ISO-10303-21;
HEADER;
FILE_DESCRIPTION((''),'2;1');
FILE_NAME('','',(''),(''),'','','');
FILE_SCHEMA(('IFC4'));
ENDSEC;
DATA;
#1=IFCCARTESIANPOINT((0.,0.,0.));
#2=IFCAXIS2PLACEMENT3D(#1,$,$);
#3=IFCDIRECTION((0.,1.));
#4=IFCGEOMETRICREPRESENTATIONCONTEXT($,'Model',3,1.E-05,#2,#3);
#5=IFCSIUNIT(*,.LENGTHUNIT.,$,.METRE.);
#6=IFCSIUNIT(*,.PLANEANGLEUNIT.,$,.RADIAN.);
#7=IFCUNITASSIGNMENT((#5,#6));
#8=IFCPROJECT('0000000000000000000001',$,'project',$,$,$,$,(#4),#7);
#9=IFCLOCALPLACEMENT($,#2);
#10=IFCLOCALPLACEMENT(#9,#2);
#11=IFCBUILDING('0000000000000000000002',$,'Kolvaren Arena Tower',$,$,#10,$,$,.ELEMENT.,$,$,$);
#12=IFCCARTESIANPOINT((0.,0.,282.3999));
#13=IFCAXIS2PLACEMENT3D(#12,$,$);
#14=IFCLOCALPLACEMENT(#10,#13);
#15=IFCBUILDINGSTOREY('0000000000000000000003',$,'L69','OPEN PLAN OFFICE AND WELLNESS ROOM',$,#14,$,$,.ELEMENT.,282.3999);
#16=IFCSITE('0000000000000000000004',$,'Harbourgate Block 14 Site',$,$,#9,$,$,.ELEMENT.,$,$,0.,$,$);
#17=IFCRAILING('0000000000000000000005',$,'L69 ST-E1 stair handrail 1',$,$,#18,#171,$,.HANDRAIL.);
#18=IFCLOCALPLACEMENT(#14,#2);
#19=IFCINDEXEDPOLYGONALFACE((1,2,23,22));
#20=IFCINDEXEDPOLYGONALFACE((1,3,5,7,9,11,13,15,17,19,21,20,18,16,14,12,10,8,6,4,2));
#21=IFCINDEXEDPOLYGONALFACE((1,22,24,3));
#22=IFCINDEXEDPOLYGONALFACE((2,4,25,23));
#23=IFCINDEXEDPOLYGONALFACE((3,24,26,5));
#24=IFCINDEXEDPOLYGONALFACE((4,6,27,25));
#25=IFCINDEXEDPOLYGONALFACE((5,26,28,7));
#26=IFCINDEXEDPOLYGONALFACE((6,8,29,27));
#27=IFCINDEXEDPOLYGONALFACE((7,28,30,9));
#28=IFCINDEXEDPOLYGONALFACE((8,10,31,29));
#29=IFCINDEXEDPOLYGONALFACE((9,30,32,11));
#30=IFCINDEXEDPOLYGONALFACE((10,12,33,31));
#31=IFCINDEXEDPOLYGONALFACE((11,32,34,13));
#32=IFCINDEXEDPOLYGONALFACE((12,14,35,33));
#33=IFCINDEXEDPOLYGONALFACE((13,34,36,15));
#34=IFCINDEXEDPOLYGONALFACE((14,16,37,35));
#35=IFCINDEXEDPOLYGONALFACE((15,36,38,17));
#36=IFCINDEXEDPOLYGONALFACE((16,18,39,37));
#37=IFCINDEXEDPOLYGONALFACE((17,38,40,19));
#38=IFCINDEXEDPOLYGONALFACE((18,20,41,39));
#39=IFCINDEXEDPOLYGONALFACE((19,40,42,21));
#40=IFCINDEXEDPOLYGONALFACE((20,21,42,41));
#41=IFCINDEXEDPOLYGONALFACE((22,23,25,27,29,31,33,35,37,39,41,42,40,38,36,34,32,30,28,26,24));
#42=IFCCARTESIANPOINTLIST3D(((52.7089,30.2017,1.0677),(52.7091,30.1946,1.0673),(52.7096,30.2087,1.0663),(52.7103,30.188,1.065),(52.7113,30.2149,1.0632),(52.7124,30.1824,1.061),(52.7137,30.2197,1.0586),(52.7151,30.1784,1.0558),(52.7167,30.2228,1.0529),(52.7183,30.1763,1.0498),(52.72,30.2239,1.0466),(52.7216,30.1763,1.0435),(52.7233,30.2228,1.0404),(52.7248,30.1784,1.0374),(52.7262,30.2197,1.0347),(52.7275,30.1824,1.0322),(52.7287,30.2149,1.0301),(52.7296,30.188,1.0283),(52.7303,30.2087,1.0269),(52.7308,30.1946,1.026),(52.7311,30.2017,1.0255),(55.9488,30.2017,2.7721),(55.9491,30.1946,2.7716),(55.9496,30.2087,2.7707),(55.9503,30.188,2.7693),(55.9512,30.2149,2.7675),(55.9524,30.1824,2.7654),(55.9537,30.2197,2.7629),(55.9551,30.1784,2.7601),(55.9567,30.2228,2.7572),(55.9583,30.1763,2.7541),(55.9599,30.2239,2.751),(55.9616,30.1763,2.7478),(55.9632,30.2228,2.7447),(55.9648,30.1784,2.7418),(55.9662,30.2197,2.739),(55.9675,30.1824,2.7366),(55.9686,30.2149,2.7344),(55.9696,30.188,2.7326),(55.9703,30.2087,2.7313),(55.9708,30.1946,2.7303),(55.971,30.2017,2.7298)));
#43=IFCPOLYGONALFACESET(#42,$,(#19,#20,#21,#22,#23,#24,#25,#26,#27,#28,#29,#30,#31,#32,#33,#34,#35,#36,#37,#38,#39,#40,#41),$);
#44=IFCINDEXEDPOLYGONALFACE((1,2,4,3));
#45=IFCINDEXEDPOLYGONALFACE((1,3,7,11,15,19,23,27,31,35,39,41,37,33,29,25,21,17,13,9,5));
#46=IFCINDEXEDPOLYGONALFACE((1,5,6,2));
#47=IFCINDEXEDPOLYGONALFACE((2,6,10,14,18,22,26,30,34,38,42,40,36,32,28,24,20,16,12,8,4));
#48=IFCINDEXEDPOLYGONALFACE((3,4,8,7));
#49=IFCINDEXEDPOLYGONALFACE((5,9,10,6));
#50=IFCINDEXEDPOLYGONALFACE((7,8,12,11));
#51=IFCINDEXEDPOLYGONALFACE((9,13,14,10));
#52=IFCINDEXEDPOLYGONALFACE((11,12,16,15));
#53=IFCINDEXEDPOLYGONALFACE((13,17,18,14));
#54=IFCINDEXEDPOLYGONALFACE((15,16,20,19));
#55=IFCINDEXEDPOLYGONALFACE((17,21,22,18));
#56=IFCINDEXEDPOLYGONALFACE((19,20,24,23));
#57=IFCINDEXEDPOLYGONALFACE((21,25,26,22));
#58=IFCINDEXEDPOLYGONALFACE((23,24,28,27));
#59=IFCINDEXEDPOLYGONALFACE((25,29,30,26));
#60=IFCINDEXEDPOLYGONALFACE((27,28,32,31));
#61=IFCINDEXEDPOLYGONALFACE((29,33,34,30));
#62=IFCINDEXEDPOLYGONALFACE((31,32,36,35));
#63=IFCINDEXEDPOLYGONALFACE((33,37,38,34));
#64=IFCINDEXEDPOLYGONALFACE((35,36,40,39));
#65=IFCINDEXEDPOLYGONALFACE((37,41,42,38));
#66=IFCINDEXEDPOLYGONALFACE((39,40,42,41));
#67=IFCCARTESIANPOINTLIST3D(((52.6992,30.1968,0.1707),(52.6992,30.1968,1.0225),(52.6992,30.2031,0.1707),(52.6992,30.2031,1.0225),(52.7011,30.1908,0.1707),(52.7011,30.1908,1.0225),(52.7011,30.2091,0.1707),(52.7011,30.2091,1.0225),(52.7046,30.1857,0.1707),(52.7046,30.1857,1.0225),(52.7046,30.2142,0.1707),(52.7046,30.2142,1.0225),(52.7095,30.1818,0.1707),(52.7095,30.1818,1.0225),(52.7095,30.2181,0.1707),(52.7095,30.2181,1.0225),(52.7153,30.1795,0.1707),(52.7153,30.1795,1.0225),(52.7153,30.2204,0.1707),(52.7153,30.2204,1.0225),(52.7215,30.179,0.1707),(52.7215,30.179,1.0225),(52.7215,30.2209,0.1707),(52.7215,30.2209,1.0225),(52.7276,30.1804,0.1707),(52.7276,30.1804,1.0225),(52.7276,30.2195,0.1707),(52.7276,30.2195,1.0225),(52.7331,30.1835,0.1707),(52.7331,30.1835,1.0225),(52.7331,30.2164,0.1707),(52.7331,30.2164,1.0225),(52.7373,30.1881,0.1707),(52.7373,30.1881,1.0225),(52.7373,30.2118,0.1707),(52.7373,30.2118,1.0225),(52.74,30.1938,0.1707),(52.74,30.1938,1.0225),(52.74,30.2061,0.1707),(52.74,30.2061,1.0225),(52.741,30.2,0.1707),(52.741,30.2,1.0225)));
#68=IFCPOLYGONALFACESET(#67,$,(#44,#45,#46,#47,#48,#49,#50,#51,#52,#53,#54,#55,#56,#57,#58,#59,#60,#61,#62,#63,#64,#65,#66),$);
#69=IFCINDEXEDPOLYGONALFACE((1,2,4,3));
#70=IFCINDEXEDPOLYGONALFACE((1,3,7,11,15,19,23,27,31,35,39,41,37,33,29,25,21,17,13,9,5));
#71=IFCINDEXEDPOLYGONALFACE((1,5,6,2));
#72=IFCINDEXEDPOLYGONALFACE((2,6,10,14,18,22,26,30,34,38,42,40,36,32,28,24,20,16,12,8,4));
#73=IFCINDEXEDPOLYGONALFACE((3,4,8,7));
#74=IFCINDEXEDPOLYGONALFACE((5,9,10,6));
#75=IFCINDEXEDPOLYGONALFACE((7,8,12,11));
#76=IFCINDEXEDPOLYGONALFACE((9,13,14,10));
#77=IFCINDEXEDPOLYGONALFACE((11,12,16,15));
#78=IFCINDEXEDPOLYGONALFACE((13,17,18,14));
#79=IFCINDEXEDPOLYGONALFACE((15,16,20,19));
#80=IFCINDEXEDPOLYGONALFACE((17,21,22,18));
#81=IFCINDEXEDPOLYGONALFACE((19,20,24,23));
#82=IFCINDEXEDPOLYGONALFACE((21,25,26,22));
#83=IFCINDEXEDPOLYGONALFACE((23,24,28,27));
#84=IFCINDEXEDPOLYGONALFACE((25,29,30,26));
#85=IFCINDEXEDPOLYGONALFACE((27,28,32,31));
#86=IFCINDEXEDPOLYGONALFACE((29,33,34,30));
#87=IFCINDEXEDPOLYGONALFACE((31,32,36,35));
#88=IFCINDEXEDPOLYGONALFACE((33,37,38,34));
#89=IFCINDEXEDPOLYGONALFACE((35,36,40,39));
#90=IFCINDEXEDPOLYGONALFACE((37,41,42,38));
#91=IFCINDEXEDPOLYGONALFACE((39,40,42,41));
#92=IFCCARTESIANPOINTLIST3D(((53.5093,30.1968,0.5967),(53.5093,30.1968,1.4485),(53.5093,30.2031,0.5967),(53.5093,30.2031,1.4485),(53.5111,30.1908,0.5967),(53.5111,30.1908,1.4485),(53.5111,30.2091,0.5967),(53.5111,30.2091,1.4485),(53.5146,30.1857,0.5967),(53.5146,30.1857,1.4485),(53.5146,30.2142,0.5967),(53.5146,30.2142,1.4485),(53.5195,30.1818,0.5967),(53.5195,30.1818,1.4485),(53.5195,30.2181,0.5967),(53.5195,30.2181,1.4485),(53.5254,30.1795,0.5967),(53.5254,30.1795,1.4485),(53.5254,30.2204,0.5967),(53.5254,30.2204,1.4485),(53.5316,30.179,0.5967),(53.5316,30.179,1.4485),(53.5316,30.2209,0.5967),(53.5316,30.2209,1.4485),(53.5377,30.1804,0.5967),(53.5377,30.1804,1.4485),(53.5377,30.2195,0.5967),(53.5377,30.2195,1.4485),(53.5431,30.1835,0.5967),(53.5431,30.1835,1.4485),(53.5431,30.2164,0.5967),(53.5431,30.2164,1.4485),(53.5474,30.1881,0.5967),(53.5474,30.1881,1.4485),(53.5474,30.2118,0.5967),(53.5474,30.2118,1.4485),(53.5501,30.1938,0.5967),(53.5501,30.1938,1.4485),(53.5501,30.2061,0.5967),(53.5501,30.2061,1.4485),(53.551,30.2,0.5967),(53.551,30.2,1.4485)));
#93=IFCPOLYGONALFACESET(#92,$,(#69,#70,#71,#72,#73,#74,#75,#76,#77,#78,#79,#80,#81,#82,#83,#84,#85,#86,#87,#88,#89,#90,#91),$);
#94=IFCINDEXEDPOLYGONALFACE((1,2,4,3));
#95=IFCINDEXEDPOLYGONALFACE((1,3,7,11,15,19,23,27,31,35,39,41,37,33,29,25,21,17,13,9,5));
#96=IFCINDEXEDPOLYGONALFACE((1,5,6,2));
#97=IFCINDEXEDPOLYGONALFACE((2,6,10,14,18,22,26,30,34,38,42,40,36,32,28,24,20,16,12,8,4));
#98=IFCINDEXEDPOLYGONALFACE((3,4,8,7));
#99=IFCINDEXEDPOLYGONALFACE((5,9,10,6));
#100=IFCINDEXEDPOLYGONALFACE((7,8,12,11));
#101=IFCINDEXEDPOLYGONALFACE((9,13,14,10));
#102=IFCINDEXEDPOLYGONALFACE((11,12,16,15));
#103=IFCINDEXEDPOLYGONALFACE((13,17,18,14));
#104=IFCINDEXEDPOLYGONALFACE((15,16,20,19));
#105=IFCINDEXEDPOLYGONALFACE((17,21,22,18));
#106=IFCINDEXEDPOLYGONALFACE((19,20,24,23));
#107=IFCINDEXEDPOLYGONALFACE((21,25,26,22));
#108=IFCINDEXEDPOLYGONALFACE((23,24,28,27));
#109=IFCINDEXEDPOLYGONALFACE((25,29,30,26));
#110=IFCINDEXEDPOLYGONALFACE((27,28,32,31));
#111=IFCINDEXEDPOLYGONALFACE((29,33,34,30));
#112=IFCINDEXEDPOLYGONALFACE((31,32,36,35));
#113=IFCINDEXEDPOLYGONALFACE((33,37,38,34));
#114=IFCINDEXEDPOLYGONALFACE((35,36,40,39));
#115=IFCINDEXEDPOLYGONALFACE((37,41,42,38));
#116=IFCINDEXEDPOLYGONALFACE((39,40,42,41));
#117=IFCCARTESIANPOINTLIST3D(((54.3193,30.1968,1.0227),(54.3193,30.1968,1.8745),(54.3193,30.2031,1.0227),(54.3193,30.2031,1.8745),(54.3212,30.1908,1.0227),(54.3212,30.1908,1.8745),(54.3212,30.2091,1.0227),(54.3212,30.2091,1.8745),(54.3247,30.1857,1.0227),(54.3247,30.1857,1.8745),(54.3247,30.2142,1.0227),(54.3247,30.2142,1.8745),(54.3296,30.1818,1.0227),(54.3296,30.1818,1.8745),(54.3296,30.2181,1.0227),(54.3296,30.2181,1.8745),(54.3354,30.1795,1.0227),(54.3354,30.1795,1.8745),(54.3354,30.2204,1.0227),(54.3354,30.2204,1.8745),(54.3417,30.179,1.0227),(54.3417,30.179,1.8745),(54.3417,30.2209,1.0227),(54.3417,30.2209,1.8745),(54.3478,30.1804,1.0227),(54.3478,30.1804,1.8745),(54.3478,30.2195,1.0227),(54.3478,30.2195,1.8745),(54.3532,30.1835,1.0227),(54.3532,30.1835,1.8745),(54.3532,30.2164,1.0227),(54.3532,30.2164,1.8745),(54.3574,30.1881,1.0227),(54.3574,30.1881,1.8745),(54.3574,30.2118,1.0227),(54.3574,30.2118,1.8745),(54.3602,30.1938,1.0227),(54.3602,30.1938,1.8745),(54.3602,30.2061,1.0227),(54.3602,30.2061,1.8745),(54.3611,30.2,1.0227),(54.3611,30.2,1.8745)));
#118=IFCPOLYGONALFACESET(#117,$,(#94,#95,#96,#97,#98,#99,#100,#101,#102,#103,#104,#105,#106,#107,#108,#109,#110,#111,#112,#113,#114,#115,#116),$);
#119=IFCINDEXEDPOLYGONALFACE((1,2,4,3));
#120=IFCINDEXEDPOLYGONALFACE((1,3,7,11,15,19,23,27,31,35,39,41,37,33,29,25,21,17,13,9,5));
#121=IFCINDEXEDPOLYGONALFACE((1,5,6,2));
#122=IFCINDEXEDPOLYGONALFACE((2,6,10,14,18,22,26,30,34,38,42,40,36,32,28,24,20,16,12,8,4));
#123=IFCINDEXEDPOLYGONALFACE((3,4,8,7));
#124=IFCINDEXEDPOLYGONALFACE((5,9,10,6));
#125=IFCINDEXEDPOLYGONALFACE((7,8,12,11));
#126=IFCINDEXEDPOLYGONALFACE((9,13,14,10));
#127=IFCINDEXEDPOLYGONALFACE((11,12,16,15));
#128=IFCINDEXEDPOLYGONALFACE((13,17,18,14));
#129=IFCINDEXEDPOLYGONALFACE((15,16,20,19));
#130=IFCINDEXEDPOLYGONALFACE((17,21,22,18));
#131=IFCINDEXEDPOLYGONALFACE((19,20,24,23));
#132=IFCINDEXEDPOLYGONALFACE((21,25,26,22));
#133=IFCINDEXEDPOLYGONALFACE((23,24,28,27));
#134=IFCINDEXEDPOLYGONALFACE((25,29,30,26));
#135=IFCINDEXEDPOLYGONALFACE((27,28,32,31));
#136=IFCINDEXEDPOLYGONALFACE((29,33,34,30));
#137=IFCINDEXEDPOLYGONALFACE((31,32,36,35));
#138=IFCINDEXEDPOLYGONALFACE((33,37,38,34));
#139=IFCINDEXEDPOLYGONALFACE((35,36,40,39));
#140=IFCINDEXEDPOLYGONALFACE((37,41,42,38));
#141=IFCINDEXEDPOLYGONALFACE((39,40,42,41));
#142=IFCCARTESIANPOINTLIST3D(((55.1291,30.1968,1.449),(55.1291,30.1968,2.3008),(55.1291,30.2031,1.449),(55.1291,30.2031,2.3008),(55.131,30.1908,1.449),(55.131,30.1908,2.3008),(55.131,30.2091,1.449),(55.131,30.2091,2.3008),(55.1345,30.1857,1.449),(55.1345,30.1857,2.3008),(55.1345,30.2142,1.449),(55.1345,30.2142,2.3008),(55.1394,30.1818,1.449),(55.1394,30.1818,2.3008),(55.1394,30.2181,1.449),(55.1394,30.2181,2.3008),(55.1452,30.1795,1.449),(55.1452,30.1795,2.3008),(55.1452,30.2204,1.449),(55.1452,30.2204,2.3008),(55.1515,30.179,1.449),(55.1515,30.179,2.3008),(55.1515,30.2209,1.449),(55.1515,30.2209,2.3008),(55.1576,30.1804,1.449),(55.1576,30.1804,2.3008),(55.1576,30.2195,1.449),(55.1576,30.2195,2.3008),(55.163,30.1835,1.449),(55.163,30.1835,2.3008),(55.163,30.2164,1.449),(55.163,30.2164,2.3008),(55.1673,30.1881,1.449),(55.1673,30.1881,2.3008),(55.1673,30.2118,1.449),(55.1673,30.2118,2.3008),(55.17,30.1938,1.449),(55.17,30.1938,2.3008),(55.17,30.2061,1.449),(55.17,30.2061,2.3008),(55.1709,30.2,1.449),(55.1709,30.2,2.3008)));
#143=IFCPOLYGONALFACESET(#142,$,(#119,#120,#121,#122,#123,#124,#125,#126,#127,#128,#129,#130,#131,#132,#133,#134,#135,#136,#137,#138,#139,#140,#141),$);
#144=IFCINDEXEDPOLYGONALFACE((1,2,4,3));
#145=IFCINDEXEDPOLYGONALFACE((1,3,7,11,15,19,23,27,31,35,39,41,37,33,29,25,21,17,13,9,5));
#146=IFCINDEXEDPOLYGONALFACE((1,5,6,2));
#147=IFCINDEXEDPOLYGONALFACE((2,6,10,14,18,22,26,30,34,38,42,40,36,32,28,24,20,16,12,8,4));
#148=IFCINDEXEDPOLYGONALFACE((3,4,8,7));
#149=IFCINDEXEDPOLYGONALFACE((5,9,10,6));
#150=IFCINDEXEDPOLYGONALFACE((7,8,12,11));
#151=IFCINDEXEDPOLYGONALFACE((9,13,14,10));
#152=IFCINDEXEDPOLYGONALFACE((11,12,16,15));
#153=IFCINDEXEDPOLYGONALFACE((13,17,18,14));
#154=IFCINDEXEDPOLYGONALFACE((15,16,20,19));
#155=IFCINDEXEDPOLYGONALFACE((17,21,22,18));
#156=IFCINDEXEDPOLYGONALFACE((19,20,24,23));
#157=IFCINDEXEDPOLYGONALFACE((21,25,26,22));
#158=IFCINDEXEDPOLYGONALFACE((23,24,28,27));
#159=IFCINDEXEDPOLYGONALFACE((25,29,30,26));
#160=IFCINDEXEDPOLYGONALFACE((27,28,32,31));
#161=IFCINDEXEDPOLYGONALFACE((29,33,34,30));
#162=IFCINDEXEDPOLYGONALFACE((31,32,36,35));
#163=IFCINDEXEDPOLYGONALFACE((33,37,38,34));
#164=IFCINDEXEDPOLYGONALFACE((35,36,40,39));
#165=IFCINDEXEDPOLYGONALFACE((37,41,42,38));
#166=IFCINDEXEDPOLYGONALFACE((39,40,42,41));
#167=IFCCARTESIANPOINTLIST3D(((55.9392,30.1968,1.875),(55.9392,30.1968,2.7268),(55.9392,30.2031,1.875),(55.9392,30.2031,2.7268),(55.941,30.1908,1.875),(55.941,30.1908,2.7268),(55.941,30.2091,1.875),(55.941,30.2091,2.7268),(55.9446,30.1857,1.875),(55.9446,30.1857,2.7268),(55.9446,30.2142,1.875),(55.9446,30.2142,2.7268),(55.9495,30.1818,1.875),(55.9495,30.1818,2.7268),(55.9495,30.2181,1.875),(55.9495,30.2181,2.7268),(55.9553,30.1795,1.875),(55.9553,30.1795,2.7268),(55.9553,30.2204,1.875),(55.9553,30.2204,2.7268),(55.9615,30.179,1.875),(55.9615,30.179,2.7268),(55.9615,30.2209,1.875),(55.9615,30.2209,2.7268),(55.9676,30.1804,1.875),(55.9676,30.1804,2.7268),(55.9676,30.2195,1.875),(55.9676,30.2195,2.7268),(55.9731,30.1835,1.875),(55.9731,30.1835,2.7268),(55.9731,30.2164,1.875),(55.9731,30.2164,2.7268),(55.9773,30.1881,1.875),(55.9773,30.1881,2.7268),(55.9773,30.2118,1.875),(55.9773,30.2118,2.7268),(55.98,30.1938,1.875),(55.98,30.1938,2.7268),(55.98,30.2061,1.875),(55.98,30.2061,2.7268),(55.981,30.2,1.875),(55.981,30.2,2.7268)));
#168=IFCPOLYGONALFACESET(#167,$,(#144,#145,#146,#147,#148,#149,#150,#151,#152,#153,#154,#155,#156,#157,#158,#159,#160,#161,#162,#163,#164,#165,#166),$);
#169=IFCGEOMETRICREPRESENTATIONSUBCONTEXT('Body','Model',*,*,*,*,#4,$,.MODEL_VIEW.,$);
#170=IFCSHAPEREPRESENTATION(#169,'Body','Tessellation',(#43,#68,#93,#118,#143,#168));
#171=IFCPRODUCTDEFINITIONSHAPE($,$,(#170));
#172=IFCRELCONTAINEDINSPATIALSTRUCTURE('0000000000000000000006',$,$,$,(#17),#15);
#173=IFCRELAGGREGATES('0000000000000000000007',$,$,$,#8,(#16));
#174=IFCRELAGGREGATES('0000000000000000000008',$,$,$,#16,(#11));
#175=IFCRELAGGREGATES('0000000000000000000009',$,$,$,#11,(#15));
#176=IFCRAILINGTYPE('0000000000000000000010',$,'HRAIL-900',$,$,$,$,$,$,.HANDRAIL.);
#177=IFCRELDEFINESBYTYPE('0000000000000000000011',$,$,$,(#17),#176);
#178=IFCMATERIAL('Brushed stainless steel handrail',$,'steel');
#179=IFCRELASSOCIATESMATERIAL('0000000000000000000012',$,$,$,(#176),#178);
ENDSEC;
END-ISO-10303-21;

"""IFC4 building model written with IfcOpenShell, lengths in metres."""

from ifc_helpers import new_model, si_unit, direction, frame, origin, origin_2d, place, context, subcontext, project, spatial, circle, extrude, material, type_object, element, save


model = new_model("IFC4")

# Units and contexts
model_context = context("Model", 3, precision=1e-05, world=origin(), true_north=direction((0.0, 1.0)))
body_context = subcontext(model_context, "Body", "Model", "MODEL_VIEW")
ifc_project = project(units=[si_unit("LENGTHUNIT", "METRE"), si_unit("PLANEANGLEUNIT", "RADIAN")], contexts=[model_context])

# Site, building, storey
site_placement = place(None, origin())
site = spatial("IfcSite", under=ifc_project, at=site_placement, Name="Harbourgate Block 14 Site", CompositionType="ELEMENT", RefElevation=0.0)
building_placement = place(site_placement, origin())
building = spatial("IfcBuilding", under=site, at=building_placement, Name="Kolvaren Arena Tower", CompositionType="ELEMENT")
storey_placement = place(building_placement, frame((0.0, 0.0, 282.3999)))
storey = spatial("IfcBuildingStorey", under=building, at=storey_placement, Name="L69", Description="OPEN PLAN OFFICE AND WELLNESS ROOM", CompositionType="ELEMENT", Elevation=282.3999)

# Railing
ifc_material_1 = material(Name="Brushed stainless steel handrail", Category="steel")
railing_type_1 = type_object("IfcRailingType", Name="HRAIL-900", PredefinedType="HANDRAIL", material=ifc_material_1)
for number, where, name in (
    (1, (52.72, 30.2, 0.1707), "L69 ST-E1 stair handrail 1"),
):
    element("IfcRailing", number, at=place(storey_placement, frame(where)), inside=storey, type_object=railing_type_1, Name=name, PredefinedType="HANDRAIL", context=body_context, shape_type="SweptSolid", body=[
        extrude(circle(Radius=0.0239, at=origin_2d()), frame((0.0, 0.0, 0.876), z_axis=(0.885021, 0.0, 0.465551), x_axis=(0.0, 1.0, 0.0)), (0.0, 0.0, 1.0), 3.6609),
        extrude(circle(Radius=0.021, at=origin_2d()), origin(), (0.0, 0.0, 1.0), 0.8518),
        extrude(circle(Radius=0.021, at=origin_2d()), frame((0.8101, 0.0, 0.426)), (0.0, 0.0, 1.0), 0.8518),
        extrude(circle(Radius=0.021, at=origin_2d()), frame((1.6201, 0.0, 0.8521)), (0.0, 0.0, 1.0), 0.8518),
        extrude(circle(Radius=0.021, at=origin_2d()), frame((2.4299, 0.0, 1.2783)), (0.0, 0.0, 1.0), 0.8518),
        extrude(circle(Radius=0.021, at=origin_2d()), frame((3.24, 0.0, 1.7043)), (0.0, 0.0, 1.0), 0.8518),
    ])

save(model, "model.ifc")
